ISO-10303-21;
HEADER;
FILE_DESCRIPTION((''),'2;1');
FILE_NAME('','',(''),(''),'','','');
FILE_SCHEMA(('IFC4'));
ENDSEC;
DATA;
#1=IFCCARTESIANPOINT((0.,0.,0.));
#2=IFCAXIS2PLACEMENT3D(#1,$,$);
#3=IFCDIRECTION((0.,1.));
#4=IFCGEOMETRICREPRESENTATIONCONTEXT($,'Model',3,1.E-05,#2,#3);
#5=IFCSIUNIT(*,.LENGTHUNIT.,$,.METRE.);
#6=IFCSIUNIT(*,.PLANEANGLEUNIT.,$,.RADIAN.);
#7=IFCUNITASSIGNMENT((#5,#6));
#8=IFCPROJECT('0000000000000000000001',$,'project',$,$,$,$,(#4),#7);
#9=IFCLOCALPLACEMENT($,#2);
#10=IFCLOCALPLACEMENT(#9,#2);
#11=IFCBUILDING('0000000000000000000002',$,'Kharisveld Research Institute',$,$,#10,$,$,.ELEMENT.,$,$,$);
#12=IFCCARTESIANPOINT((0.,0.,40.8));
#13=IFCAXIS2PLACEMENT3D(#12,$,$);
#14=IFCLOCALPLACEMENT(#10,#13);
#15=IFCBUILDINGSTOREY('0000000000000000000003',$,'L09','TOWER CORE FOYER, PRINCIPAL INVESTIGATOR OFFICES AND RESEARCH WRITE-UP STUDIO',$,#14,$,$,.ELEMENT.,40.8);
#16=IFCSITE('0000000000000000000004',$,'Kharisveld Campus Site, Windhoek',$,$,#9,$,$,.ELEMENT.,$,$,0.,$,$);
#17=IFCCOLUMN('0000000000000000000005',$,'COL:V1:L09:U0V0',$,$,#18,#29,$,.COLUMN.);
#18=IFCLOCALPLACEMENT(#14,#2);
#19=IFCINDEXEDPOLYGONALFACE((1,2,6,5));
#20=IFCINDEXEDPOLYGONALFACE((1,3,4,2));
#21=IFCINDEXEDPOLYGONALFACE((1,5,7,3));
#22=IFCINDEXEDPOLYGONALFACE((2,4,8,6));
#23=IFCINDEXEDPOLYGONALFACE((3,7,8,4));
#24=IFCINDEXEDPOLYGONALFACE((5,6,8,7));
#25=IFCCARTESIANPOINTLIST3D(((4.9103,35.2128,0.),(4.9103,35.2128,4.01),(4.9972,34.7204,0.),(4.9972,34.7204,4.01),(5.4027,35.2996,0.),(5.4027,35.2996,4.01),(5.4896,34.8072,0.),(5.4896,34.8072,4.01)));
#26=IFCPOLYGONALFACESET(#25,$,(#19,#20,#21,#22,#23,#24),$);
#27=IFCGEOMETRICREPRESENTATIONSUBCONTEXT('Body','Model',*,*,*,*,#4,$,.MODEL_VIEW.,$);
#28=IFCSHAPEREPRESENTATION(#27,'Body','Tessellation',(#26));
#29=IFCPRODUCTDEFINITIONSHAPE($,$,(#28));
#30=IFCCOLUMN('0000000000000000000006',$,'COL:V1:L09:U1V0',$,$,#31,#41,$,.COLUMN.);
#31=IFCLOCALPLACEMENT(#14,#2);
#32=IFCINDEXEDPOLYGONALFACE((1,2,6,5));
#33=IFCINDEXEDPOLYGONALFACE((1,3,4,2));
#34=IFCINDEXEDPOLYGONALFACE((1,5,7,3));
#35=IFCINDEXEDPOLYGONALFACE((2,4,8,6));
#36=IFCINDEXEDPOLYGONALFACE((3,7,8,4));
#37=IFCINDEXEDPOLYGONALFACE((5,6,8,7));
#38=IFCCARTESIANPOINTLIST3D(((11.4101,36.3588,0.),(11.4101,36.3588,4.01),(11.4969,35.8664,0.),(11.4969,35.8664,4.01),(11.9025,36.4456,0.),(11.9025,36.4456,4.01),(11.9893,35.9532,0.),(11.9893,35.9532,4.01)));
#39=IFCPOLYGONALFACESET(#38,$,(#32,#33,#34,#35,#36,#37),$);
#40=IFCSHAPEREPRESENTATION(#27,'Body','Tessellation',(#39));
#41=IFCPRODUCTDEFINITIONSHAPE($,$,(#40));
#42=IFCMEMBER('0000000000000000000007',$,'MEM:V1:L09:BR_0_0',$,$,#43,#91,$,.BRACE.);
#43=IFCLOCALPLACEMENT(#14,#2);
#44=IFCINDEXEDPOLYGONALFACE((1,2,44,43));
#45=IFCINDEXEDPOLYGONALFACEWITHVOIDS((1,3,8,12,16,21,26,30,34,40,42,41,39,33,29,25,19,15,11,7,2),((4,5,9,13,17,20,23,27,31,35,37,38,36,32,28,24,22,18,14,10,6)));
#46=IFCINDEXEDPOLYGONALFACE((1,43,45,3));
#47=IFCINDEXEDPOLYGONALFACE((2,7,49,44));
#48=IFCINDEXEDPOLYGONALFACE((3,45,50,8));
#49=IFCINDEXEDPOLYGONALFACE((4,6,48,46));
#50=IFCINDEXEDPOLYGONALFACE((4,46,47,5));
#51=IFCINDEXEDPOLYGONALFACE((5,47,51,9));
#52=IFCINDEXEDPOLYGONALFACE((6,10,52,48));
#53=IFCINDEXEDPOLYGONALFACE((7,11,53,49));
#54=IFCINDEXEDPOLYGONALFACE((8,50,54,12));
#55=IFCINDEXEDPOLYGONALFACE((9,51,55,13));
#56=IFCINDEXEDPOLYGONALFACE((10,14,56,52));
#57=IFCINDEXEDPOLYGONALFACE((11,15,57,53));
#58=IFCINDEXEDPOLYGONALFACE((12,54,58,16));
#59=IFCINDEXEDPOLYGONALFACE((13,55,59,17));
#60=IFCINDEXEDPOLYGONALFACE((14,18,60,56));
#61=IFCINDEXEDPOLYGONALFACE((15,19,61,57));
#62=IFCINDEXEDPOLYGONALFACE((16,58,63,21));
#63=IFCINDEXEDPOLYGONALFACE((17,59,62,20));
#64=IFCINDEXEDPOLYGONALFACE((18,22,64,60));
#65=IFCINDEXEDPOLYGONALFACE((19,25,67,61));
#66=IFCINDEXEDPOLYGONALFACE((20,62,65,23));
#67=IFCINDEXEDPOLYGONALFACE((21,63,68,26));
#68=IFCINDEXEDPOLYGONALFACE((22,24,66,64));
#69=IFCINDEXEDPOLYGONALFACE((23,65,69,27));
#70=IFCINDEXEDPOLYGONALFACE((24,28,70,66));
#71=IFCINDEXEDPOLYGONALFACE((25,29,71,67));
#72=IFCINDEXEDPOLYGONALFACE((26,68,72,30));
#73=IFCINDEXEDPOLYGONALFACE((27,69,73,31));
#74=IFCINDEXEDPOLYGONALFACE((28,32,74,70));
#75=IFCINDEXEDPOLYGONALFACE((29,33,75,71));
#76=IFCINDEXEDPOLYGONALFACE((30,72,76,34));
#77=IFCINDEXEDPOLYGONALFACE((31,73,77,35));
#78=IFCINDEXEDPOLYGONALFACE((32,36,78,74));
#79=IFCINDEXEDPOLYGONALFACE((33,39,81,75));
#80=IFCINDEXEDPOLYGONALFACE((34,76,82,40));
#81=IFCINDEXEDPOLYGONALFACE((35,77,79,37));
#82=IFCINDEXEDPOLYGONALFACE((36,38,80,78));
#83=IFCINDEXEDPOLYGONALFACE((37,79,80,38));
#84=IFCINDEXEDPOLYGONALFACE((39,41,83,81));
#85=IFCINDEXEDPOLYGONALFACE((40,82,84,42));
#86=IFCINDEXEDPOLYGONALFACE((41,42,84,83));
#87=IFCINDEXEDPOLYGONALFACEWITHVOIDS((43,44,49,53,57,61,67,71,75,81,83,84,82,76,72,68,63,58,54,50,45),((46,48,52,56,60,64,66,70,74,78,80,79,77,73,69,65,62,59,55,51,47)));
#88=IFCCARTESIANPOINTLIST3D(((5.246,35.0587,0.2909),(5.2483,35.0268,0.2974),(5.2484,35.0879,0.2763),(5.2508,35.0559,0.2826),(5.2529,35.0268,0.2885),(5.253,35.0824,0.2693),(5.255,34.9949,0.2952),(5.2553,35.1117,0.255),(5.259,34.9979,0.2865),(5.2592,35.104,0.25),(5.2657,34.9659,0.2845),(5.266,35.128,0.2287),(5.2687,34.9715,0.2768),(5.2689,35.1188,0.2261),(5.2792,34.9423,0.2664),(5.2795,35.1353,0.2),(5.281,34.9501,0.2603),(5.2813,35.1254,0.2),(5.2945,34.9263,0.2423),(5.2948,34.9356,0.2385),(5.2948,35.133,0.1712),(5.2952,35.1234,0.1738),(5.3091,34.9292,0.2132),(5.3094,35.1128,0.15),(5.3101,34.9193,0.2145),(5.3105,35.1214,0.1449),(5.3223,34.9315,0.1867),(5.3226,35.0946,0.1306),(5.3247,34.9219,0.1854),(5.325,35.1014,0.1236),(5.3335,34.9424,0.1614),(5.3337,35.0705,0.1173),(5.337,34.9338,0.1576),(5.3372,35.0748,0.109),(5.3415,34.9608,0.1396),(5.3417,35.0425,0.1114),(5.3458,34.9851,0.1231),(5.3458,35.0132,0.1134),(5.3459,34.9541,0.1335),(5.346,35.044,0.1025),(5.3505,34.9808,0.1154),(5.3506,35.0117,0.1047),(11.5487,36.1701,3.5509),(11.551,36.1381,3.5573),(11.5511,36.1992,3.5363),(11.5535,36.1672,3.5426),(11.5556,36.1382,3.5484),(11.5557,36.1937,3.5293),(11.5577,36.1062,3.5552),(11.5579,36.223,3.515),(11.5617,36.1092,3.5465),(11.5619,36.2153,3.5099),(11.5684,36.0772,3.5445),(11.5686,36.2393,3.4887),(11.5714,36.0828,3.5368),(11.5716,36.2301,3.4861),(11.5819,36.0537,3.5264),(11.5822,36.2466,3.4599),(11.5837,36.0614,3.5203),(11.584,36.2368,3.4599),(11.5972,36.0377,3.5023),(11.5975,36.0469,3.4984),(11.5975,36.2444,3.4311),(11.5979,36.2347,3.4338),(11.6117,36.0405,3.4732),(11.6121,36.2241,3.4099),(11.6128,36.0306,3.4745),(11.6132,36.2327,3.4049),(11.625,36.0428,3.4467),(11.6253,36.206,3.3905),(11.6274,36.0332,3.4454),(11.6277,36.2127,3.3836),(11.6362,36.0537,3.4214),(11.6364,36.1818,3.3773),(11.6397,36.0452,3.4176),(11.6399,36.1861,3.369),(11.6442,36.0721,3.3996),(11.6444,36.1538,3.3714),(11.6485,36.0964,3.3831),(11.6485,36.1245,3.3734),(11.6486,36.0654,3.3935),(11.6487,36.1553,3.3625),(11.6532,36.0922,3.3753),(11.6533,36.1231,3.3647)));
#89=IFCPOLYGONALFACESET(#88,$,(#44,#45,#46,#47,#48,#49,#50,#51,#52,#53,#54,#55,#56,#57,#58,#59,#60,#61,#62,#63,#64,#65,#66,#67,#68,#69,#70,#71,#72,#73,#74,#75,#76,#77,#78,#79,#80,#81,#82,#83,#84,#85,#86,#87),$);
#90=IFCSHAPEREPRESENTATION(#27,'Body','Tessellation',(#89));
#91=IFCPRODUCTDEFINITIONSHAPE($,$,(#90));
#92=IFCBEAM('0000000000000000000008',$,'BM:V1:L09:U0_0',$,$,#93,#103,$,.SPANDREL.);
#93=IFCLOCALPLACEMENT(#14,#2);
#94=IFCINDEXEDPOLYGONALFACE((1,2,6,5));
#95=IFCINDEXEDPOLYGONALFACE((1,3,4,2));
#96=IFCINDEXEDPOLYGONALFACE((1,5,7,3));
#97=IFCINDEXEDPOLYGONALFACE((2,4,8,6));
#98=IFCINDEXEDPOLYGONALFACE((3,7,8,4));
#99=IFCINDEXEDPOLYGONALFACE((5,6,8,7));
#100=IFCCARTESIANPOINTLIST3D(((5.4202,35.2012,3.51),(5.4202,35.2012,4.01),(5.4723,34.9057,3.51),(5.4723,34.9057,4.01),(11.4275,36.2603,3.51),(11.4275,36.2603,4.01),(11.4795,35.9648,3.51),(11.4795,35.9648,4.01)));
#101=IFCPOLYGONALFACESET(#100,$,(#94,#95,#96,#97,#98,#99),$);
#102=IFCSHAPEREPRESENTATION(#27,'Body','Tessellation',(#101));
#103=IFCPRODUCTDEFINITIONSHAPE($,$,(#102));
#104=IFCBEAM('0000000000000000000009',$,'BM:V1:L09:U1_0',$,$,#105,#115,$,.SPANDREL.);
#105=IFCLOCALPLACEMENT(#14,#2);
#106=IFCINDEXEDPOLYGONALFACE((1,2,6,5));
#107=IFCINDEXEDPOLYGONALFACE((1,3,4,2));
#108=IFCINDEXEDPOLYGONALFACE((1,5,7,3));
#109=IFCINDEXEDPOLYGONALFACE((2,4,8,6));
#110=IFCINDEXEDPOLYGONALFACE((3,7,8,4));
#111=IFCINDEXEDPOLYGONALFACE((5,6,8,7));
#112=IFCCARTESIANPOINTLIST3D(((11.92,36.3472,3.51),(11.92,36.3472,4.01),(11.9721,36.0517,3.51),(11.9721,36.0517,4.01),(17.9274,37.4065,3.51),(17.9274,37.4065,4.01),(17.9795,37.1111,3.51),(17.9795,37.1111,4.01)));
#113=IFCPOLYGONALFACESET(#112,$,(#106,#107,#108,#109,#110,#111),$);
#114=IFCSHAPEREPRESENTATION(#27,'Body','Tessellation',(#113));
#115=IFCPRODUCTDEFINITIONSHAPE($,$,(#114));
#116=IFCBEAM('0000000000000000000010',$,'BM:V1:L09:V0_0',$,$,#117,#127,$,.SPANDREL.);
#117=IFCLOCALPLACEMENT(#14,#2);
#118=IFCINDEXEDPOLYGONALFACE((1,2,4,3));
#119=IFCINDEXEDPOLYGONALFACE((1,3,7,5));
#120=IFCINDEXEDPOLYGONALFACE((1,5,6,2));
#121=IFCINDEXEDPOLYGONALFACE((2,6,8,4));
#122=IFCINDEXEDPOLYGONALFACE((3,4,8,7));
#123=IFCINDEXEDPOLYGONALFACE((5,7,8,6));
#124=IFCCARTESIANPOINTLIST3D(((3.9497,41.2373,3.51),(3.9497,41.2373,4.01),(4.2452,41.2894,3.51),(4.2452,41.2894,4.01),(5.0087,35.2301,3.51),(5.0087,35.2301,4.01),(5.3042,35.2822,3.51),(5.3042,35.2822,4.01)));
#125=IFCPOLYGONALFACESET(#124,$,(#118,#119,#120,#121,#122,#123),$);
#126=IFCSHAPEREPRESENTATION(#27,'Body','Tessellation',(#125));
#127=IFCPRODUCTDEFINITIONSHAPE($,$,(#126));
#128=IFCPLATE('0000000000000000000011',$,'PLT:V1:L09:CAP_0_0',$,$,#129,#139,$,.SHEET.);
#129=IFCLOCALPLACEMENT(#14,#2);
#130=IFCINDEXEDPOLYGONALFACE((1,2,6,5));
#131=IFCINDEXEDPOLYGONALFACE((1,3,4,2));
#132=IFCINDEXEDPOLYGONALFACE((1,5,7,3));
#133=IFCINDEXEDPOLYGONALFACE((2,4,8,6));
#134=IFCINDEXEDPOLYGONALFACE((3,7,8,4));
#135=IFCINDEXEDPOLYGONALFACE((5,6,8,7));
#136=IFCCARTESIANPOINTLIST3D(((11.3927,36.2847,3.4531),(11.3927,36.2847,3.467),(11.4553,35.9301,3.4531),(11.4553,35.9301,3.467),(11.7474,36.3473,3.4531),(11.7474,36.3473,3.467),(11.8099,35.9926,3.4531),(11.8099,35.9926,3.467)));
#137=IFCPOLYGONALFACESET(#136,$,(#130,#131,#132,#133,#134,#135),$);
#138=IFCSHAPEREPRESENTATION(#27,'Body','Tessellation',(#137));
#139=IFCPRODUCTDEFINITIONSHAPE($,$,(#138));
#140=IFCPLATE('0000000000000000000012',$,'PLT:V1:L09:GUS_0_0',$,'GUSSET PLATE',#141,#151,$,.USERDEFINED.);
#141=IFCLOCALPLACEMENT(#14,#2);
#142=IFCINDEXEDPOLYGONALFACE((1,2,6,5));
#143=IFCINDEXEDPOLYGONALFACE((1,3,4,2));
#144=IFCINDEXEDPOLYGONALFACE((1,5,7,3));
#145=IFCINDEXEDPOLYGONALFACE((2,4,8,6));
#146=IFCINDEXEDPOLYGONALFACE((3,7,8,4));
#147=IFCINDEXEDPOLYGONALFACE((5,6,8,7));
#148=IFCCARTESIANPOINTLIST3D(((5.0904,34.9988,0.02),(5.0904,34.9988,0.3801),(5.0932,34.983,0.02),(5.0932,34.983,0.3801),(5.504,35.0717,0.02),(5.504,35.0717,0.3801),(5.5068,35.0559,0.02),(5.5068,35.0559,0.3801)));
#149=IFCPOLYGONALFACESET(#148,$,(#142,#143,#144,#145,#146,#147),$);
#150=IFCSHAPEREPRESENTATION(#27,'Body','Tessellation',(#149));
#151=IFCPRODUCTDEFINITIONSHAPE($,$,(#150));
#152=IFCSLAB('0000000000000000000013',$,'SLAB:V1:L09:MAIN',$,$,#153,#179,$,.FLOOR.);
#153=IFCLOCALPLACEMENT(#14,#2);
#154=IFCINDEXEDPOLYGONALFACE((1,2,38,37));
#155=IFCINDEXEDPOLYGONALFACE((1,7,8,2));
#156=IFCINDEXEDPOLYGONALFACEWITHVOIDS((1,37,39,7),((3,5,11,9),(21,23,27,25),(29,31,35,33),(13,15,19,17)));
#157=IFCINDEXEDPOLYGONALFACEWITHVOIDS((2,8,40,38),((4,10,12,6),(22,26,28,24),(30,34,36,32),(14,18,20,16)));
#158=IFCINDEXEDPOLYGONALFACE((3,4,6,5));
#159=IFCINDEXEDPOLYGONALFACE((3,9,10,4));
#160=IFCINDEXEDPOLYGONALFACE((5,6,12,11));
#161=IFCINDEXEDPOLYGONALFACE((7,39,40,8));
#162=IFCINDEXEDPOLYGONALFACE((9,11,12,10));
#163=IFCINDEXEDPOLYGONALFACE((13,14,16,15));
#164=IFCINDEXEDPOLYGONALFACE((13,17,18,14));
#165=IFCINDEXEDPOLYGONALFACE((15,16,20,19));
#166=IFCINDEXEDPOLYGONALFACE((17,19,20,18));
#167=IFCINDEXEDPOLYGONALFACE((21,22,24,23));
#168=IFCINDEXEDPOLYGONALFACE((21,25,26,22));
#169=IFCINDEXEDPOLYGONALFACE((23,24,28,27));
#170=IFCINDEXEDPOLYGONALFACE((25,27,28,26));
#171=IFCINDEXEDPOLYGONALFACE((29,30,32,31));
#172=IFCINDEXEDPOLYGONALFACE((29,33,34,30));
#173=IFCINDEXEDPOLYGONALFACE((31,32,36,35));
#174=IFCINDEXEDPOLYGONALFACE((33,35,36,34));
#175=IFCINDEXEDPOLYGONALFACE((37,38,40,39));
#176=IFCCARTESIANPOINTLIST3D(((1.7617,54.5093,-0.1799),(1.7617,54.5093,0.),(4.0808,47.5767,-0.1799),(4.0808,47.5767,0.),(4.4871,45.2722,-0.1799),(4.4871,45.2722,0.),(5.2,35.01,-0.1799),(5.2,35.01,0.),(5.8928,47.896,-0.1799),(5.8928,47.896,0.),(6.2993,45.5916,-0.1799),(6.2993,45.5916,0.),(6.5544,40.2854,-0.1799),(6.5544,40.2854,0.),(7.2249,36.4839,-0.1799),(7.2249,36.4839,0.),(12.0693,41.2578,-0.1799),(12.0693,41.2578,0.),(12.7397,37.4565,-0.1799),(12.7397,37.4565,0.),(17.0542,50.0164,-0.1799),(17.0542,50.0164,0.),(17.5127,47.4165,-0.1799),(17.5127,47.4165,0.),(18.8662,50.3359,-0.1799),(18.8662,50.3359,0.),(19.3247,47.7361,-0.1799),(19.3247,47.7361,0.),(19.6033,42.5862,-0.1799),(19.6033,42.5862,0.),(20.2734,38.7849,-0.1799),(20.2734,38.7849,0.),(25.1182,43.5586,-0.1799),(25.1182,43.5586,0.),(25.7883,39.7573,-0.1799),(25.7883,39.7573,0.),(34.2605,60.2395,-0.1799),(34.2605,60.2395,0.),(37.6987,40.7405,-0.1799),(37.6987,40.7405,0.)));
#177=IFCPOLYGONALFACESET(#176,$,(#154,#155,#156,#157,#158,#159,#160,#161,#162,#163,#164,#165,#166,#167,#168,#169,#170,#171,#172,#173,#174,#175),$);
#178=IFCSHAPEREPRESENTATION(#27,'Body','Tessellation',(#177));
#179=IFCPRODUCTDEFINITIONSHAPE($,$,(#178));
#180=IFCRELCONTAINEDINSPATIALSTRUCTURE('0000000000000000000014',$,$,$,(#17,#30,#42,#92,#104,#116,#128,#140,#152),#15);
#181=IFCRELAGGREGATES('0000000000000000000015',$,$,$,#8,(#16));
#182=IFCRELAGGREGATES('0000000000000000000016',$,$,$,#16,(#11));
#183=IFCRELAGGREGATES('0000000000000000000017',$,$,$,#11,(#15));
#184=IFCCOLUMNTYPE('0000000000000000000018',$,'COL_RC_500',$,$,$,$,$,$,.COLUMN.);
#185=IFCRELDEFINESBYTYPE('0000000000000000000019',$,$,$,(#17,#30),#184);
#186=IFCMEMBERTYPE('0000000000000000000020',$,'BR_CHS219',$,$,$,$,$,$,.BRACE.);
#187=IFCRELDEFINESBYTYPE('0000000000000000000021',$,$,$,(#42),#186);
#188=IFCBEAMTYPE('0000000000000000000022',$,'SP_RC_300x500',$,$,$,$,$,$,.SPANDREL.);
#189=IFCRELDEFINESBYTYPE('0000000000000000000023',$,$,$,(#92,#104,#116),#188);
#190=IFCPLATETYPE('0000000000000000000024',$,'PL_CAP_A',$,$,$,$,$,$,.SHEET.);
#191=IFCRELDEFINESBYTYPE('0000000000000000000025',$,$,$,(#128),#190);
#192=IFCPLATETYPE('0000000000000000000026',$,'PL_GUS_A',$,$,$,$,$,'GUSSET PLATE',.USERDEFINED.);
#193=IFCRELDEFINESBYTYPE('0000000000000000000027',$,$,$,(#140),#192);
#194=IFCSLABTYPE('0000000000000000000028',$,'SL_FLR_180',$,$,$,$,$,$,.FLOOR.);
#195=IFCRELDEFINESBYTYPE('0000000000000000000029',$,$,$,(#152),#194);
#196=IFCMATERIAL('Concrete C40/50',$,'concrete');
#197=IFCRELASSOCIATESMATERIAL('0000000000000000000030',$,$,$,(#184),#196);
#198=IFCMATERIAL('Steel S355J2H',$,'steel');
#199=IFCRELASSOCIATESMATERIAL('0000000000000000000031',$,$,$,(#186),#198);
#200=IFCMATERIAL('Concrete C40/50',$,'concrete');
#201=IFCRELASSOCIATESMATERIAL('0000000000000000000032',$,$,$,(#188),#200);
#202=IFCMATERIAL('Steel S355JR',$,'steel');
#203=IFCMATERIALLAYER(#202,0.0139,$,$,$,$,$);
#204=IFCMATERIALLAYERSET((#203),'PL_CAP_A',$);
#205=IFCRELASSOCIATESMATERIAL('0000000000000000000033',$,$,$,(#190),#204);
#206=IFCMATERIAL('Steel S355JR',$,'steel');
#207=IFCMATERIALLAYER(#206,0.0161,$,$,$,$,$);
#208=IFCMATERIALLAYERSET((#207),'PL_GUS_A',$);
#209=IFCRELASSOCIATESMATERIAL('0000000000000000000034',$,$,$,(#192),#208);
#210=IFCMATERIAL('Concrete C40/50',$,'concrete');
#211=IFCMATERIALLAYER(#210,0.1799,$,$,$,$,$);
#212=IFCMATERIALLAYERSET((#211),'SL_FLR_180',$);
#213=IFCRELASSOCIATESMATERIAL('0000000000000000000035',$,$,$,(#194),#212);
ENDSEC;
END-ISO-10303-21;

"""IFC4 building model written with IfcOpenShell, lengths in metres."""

from ifc_helpers import new_model, si_unit, direction, frame, origin, origin_2d, place, context, subcontext, project, spatial, polyline, rectangle, hollow_circle, outline, extrude, material, layer, layer_set, material_profile, profile_set, type_object, element, save


model = new_model("IFC4")

# Units and contexts
model_context = context("Model", 3, precision=1e-05, world=origin(), true_north=direction((0.0, 1.0)))
body_context = subcontext(model_context, "Body", "Model", "MODEL_VIEW")
ifc_project = project(units=[si_unit("LENGTHUNIT", "METRE"), si_unit("PLANEANGLEUNIT", "RADIAN")], contexts=[model_context])

# Site, building, storey
site_placement = place(None, origin())
site = spatial("IfcSite", under=ifc_project, at=site_placement, Name="Kharisveld Campus Site, Windhoek", CompositionType="ELEMENT", RefElevation=0.0)
building_placement = place(site_placement, origin())
building = spatial("IfcBuilding", under=site, at=building_placement, Name="Kharisveld Research Institute", CompositionType="ELEMENT")
storey_placement = place(building_placement, frame((0.0, 0.0, 40.8)))
storey = spatial("IfcBuildingStorey", under=building, at=storey_placement, Name="L09", Description="TOWER CORE FOYER, PRINCIPAL INVESTIGATOR OFFICES AND RESEARCH WRITE-UP STUDIO", CompositionType="ELEMENT", Elevation=40.8)

# Columns
ifc_material_1 = material(Name="Concrete C40/50", Category="concrete")
ifc_material_profile_1 = material_profile(ifc_material_1, rectangle(XDim=0.5, YDim=0.5, at=origin_2d()))
ifc_profile_set_1 = profile_set([ifc_material_profile_1], Name="Concrete C40/50")
column_type = type_object("IfcColumnType", Name="COL_RC_500", PredefinedType="COLUMN", material=ifc_profile_set_1)
for number, where, z_axis, x_axis, name in (
    (1, (5.2, 35.01, 0.0), (0.0, 0.0, 1.0), (0.984808, 0.173648, 0.0), "COL:V1:L09:U0V0"),
    (2, (11.6997, 36.156, 0.0), (0.0, 0.0, 1.0), (0.984808, 0.173648, 0.0), "COL:V1:L09:U1V0"),
):
    element("IfcColumn", number, at=place(storey_placement, frame(where, z_axis=z_axis, x_axis=x_axis)), inside=storey, type_object=column_type, Name=name, PredefinedType="COLUMN", context=body_context, shape_type="SweptSolid", body=[
        extrude(rectangle(XDim=0.5, YDim=0.5, at=origin_2d()), origin(), (0.0, 0.0, 1.0), 4.01),
    ])

# Member
ifc_material_2 = material(Name="Steel S355J2H", Category="steel")
ifc_material_profile_2 = material_profile(ifc_material_2, hollow_circle(Radius=0.1096, WallThickness=0.01, at=origin_2d()))
ifc_profile_set_2 = profile_set([ifc_material_profile_2], Name="Steel S355J2H")
member_type = type_object("IfcMemberType", Name="BR_CHS219", PredefinedType="BRACE", material=ifc_profile_set_2)
member_placement = place(storey_placement, frame((5.2986, 35.0273, 0.2), z_axis=(0.877522, 0.154729, 0.453887), x_axis=(-0.173646, 0.984808, 0.0)))
element("IfcMember", 3, at=member_placement, inside=storey, type_object=member_type, Name="MEM:V1:L09:BR_0_0", PredefinedType="BRACE", context=body_context, shape_type="SweptSolid", body=[
    extrude(hollow_circle(Radius=0.1096, WallThickness=0.01, at=origin_2d()), origin(), (0.0, 0.0, 1.0), 7.1824),
])

# Beams
ifc_material_3 = material(Name="Concrete C40/50", Category="concrete")
ifc_material_profile_3 = material_profile(ifc_material_3, rectangle(XDim=0.3, YDim=0.5, at=origin_2d()))
ifc_profile_set_3 = profile_set([ifc_material_profile_3], Name="Concrete C40/50")
beam_type = type_object("IfcBeamType", Name="SP_RC_300x500", PredefinedType="SPANDREL", material=ifc_profile_set_3)
beam_1_placement = place(storey_placement, frame((5.4463, 35.0535, 3.76), z_axis=(0.984813, 0.173621, 0.0), x_axis=(-0.173621, 0.984813, 0.0)))
element("IfcBeam", 4, at=beam_1_placement, inside=storey, type_object=beam_type, Name="BM:V1:L09:U0_0", PredefinedType="SPANDREL", context=body_context, shape_type="SweptSolid", body=[
    extrude(rectangle(XDim=0.3, YDim=0.5, at=origin_2d()), origin(), (0.0, 0.0, 1.0), 6.0999),
])
beam_2_placement = place(storey_placement, frame((11.946, 36.1995, 3.76), z_axis=(0.984806, 0.17366, 0.0), x_axis=(-0.17366, 0.984806, 0.0)))
element("IfcBeam", 5, at=beam_2_placement, inside=storey, type_object=beam_type, Name="BM:V1:L09:U1_0", PredefinedType="SPANDREL", context=body_context, shape_type="SweptSolid", body=[
    extrude(rectangle(XDim=0.3, YDim=0.5, at=origin_2d()), origin(), (0.0, 0.0, 1.0), 6.1001),
])
beam_3_placement = place(storey_placement, frame((5.1565, 35.2561, 3.76), z_axis=(-0.173621, 0.984813, 0.0), x_axis=(-0.984813, -0.173621, 0.0)))
element("IfcBeam", 6, at=beam_3_placement, inside=storey, type_object=beam_type, Name="BM:V1:L09:V0_0", PredefinedType="SPANDREL", context=body_context, shape_type="SweptSolid", body=[
    extrude(rectangle(XDim=0.3, YDim=0.5, at=origin_2d()), origin(), (0.0, 0.0, 1.0), 6.0999),
])

# Plates
ifc_material_4 = material(Name="Steel S355JR", Category="steel")
ifc_layer_1 = layer(ifc_material_4, 0.0139)
ifc_layer_set_1 = layer_set([ifc_layer_1], Name="PL_CAP_A")
plate_type_1 = type_object("IfcPlateType", Name="PL_CAP_A", PredefinedType="SHEET", material=ifc_layer_set_1)
plate_1_placement = place(storey_placement, frame((11.6013, 36.1387, 3.4531), z_axis=(0.0, 0.0, 1.0), x_axis=(0.984808, 0.173648, 0.0)))
element("IfcPlate", 7, at=plate_1_placement, inside=storey, type_object=plate_type_1, Name="PLT:V1:L09:CAP_0_0", PredefinedType="SHEET", context=body_context, shape_type="SweptSolid", body=[
    extrude(rectangle(XDim=0.3601, YDim=0.3601, at=origin_2d()), origin(), (0.0, 0.0, 1.0), 0.0139),
])
ifc_material_5 = material(Name="Steel S355JR", Category="steel")
ifc_layer_2 = layer(ifc_material_5, 0.0161)
ifc_layer_set_2 = layer_set([ifc_layer_2], Name="PL_GUS_A")
plate_type_2 = type_object("IfcPlateType", Name="PL_GUS_A", ElementType="GUSSET PLATE", PredefinedType="USERDEFINED", material=ifc_layer_set_2)
plate_2_placement = place(storey_placement, frame((5.2986, 35.0273, 0.02), z_axis=(0.0, 0.0, 1.0), x_axis=(0.984808, 0.173648, 0.0)))
element("IfcPlate", 8, at=plate_2_placement, inside=storey, type_object=plate_type_2, Name="PLT:V1:L09:GUS_0_0", ObjectType="GUSSET PLATE", PredefinedType="USERDEFINED", context=body_context, shape_type="SweptSolid", body=[
    extrude(rectangle(XDim=0.4199, YDim=0.0161, at=origin_2d()), origin(), (0.0, 0.0, 1.0), 0.3601),
])

# Slab
ifc_material_6 = material(Name="Concrete C40/50", Category="concrete")
ifc_layer_3 = layer(ifc_material_6, 0.1799)
ifc_layer_set_3 = layer_set([ifc_layer_3], Name="SL_FLR_180")
slab_type_1 = type_object("IfcSlabType", Name="SL_FLR_180", PredefinedType="FLOOR", material=ifc_layer_set_3)
slab_1_placement = place(storey_placement, frame((0.0, 0.0, -0.1799)))
element("IfcSlab", 9, at=slab_1_placement, inside=storey, type_object=slab_type_1, Name="SLAB:V1:L09:MAIN", PredefinedType="FLOOR", context=body_context, shape_type="SweptSolid", body=[
    extrude(outline(polyline([(5.2, 35.01), (37.6987, 40.7405), (34.2605, 60.2395), (1.7617, 54.5093), (5.2, 35.01)]), holes=[polyline([(12.7397, 37.4565), (7.2249, 36.4839), (6.5544, 40.2854), (12.0693, 41.2578), (12.7397, 37.4565)]), polyline([(25.7883, 39.7573), (20.2734, 38.7849), (19.6033, 42.5862), (25.1182, 43.5586), (25.7883, 39.7573)]), polyline([(6.2993, 45.5916), (4.4871, 45.2722), (4.0808, 47.5767), (5.8928, 47.896), (6.2993, 45.5916)]), polyline([(19.3247, 47.7361), (17.5127, 47.4165), (17.0542, 50.0164), (18.8662, 50.3359), (19.3247, 47.7361)])]), origin(), (0.0, 0.0, 1.0), 0.1799),
])

save(model, "model.ifc")
